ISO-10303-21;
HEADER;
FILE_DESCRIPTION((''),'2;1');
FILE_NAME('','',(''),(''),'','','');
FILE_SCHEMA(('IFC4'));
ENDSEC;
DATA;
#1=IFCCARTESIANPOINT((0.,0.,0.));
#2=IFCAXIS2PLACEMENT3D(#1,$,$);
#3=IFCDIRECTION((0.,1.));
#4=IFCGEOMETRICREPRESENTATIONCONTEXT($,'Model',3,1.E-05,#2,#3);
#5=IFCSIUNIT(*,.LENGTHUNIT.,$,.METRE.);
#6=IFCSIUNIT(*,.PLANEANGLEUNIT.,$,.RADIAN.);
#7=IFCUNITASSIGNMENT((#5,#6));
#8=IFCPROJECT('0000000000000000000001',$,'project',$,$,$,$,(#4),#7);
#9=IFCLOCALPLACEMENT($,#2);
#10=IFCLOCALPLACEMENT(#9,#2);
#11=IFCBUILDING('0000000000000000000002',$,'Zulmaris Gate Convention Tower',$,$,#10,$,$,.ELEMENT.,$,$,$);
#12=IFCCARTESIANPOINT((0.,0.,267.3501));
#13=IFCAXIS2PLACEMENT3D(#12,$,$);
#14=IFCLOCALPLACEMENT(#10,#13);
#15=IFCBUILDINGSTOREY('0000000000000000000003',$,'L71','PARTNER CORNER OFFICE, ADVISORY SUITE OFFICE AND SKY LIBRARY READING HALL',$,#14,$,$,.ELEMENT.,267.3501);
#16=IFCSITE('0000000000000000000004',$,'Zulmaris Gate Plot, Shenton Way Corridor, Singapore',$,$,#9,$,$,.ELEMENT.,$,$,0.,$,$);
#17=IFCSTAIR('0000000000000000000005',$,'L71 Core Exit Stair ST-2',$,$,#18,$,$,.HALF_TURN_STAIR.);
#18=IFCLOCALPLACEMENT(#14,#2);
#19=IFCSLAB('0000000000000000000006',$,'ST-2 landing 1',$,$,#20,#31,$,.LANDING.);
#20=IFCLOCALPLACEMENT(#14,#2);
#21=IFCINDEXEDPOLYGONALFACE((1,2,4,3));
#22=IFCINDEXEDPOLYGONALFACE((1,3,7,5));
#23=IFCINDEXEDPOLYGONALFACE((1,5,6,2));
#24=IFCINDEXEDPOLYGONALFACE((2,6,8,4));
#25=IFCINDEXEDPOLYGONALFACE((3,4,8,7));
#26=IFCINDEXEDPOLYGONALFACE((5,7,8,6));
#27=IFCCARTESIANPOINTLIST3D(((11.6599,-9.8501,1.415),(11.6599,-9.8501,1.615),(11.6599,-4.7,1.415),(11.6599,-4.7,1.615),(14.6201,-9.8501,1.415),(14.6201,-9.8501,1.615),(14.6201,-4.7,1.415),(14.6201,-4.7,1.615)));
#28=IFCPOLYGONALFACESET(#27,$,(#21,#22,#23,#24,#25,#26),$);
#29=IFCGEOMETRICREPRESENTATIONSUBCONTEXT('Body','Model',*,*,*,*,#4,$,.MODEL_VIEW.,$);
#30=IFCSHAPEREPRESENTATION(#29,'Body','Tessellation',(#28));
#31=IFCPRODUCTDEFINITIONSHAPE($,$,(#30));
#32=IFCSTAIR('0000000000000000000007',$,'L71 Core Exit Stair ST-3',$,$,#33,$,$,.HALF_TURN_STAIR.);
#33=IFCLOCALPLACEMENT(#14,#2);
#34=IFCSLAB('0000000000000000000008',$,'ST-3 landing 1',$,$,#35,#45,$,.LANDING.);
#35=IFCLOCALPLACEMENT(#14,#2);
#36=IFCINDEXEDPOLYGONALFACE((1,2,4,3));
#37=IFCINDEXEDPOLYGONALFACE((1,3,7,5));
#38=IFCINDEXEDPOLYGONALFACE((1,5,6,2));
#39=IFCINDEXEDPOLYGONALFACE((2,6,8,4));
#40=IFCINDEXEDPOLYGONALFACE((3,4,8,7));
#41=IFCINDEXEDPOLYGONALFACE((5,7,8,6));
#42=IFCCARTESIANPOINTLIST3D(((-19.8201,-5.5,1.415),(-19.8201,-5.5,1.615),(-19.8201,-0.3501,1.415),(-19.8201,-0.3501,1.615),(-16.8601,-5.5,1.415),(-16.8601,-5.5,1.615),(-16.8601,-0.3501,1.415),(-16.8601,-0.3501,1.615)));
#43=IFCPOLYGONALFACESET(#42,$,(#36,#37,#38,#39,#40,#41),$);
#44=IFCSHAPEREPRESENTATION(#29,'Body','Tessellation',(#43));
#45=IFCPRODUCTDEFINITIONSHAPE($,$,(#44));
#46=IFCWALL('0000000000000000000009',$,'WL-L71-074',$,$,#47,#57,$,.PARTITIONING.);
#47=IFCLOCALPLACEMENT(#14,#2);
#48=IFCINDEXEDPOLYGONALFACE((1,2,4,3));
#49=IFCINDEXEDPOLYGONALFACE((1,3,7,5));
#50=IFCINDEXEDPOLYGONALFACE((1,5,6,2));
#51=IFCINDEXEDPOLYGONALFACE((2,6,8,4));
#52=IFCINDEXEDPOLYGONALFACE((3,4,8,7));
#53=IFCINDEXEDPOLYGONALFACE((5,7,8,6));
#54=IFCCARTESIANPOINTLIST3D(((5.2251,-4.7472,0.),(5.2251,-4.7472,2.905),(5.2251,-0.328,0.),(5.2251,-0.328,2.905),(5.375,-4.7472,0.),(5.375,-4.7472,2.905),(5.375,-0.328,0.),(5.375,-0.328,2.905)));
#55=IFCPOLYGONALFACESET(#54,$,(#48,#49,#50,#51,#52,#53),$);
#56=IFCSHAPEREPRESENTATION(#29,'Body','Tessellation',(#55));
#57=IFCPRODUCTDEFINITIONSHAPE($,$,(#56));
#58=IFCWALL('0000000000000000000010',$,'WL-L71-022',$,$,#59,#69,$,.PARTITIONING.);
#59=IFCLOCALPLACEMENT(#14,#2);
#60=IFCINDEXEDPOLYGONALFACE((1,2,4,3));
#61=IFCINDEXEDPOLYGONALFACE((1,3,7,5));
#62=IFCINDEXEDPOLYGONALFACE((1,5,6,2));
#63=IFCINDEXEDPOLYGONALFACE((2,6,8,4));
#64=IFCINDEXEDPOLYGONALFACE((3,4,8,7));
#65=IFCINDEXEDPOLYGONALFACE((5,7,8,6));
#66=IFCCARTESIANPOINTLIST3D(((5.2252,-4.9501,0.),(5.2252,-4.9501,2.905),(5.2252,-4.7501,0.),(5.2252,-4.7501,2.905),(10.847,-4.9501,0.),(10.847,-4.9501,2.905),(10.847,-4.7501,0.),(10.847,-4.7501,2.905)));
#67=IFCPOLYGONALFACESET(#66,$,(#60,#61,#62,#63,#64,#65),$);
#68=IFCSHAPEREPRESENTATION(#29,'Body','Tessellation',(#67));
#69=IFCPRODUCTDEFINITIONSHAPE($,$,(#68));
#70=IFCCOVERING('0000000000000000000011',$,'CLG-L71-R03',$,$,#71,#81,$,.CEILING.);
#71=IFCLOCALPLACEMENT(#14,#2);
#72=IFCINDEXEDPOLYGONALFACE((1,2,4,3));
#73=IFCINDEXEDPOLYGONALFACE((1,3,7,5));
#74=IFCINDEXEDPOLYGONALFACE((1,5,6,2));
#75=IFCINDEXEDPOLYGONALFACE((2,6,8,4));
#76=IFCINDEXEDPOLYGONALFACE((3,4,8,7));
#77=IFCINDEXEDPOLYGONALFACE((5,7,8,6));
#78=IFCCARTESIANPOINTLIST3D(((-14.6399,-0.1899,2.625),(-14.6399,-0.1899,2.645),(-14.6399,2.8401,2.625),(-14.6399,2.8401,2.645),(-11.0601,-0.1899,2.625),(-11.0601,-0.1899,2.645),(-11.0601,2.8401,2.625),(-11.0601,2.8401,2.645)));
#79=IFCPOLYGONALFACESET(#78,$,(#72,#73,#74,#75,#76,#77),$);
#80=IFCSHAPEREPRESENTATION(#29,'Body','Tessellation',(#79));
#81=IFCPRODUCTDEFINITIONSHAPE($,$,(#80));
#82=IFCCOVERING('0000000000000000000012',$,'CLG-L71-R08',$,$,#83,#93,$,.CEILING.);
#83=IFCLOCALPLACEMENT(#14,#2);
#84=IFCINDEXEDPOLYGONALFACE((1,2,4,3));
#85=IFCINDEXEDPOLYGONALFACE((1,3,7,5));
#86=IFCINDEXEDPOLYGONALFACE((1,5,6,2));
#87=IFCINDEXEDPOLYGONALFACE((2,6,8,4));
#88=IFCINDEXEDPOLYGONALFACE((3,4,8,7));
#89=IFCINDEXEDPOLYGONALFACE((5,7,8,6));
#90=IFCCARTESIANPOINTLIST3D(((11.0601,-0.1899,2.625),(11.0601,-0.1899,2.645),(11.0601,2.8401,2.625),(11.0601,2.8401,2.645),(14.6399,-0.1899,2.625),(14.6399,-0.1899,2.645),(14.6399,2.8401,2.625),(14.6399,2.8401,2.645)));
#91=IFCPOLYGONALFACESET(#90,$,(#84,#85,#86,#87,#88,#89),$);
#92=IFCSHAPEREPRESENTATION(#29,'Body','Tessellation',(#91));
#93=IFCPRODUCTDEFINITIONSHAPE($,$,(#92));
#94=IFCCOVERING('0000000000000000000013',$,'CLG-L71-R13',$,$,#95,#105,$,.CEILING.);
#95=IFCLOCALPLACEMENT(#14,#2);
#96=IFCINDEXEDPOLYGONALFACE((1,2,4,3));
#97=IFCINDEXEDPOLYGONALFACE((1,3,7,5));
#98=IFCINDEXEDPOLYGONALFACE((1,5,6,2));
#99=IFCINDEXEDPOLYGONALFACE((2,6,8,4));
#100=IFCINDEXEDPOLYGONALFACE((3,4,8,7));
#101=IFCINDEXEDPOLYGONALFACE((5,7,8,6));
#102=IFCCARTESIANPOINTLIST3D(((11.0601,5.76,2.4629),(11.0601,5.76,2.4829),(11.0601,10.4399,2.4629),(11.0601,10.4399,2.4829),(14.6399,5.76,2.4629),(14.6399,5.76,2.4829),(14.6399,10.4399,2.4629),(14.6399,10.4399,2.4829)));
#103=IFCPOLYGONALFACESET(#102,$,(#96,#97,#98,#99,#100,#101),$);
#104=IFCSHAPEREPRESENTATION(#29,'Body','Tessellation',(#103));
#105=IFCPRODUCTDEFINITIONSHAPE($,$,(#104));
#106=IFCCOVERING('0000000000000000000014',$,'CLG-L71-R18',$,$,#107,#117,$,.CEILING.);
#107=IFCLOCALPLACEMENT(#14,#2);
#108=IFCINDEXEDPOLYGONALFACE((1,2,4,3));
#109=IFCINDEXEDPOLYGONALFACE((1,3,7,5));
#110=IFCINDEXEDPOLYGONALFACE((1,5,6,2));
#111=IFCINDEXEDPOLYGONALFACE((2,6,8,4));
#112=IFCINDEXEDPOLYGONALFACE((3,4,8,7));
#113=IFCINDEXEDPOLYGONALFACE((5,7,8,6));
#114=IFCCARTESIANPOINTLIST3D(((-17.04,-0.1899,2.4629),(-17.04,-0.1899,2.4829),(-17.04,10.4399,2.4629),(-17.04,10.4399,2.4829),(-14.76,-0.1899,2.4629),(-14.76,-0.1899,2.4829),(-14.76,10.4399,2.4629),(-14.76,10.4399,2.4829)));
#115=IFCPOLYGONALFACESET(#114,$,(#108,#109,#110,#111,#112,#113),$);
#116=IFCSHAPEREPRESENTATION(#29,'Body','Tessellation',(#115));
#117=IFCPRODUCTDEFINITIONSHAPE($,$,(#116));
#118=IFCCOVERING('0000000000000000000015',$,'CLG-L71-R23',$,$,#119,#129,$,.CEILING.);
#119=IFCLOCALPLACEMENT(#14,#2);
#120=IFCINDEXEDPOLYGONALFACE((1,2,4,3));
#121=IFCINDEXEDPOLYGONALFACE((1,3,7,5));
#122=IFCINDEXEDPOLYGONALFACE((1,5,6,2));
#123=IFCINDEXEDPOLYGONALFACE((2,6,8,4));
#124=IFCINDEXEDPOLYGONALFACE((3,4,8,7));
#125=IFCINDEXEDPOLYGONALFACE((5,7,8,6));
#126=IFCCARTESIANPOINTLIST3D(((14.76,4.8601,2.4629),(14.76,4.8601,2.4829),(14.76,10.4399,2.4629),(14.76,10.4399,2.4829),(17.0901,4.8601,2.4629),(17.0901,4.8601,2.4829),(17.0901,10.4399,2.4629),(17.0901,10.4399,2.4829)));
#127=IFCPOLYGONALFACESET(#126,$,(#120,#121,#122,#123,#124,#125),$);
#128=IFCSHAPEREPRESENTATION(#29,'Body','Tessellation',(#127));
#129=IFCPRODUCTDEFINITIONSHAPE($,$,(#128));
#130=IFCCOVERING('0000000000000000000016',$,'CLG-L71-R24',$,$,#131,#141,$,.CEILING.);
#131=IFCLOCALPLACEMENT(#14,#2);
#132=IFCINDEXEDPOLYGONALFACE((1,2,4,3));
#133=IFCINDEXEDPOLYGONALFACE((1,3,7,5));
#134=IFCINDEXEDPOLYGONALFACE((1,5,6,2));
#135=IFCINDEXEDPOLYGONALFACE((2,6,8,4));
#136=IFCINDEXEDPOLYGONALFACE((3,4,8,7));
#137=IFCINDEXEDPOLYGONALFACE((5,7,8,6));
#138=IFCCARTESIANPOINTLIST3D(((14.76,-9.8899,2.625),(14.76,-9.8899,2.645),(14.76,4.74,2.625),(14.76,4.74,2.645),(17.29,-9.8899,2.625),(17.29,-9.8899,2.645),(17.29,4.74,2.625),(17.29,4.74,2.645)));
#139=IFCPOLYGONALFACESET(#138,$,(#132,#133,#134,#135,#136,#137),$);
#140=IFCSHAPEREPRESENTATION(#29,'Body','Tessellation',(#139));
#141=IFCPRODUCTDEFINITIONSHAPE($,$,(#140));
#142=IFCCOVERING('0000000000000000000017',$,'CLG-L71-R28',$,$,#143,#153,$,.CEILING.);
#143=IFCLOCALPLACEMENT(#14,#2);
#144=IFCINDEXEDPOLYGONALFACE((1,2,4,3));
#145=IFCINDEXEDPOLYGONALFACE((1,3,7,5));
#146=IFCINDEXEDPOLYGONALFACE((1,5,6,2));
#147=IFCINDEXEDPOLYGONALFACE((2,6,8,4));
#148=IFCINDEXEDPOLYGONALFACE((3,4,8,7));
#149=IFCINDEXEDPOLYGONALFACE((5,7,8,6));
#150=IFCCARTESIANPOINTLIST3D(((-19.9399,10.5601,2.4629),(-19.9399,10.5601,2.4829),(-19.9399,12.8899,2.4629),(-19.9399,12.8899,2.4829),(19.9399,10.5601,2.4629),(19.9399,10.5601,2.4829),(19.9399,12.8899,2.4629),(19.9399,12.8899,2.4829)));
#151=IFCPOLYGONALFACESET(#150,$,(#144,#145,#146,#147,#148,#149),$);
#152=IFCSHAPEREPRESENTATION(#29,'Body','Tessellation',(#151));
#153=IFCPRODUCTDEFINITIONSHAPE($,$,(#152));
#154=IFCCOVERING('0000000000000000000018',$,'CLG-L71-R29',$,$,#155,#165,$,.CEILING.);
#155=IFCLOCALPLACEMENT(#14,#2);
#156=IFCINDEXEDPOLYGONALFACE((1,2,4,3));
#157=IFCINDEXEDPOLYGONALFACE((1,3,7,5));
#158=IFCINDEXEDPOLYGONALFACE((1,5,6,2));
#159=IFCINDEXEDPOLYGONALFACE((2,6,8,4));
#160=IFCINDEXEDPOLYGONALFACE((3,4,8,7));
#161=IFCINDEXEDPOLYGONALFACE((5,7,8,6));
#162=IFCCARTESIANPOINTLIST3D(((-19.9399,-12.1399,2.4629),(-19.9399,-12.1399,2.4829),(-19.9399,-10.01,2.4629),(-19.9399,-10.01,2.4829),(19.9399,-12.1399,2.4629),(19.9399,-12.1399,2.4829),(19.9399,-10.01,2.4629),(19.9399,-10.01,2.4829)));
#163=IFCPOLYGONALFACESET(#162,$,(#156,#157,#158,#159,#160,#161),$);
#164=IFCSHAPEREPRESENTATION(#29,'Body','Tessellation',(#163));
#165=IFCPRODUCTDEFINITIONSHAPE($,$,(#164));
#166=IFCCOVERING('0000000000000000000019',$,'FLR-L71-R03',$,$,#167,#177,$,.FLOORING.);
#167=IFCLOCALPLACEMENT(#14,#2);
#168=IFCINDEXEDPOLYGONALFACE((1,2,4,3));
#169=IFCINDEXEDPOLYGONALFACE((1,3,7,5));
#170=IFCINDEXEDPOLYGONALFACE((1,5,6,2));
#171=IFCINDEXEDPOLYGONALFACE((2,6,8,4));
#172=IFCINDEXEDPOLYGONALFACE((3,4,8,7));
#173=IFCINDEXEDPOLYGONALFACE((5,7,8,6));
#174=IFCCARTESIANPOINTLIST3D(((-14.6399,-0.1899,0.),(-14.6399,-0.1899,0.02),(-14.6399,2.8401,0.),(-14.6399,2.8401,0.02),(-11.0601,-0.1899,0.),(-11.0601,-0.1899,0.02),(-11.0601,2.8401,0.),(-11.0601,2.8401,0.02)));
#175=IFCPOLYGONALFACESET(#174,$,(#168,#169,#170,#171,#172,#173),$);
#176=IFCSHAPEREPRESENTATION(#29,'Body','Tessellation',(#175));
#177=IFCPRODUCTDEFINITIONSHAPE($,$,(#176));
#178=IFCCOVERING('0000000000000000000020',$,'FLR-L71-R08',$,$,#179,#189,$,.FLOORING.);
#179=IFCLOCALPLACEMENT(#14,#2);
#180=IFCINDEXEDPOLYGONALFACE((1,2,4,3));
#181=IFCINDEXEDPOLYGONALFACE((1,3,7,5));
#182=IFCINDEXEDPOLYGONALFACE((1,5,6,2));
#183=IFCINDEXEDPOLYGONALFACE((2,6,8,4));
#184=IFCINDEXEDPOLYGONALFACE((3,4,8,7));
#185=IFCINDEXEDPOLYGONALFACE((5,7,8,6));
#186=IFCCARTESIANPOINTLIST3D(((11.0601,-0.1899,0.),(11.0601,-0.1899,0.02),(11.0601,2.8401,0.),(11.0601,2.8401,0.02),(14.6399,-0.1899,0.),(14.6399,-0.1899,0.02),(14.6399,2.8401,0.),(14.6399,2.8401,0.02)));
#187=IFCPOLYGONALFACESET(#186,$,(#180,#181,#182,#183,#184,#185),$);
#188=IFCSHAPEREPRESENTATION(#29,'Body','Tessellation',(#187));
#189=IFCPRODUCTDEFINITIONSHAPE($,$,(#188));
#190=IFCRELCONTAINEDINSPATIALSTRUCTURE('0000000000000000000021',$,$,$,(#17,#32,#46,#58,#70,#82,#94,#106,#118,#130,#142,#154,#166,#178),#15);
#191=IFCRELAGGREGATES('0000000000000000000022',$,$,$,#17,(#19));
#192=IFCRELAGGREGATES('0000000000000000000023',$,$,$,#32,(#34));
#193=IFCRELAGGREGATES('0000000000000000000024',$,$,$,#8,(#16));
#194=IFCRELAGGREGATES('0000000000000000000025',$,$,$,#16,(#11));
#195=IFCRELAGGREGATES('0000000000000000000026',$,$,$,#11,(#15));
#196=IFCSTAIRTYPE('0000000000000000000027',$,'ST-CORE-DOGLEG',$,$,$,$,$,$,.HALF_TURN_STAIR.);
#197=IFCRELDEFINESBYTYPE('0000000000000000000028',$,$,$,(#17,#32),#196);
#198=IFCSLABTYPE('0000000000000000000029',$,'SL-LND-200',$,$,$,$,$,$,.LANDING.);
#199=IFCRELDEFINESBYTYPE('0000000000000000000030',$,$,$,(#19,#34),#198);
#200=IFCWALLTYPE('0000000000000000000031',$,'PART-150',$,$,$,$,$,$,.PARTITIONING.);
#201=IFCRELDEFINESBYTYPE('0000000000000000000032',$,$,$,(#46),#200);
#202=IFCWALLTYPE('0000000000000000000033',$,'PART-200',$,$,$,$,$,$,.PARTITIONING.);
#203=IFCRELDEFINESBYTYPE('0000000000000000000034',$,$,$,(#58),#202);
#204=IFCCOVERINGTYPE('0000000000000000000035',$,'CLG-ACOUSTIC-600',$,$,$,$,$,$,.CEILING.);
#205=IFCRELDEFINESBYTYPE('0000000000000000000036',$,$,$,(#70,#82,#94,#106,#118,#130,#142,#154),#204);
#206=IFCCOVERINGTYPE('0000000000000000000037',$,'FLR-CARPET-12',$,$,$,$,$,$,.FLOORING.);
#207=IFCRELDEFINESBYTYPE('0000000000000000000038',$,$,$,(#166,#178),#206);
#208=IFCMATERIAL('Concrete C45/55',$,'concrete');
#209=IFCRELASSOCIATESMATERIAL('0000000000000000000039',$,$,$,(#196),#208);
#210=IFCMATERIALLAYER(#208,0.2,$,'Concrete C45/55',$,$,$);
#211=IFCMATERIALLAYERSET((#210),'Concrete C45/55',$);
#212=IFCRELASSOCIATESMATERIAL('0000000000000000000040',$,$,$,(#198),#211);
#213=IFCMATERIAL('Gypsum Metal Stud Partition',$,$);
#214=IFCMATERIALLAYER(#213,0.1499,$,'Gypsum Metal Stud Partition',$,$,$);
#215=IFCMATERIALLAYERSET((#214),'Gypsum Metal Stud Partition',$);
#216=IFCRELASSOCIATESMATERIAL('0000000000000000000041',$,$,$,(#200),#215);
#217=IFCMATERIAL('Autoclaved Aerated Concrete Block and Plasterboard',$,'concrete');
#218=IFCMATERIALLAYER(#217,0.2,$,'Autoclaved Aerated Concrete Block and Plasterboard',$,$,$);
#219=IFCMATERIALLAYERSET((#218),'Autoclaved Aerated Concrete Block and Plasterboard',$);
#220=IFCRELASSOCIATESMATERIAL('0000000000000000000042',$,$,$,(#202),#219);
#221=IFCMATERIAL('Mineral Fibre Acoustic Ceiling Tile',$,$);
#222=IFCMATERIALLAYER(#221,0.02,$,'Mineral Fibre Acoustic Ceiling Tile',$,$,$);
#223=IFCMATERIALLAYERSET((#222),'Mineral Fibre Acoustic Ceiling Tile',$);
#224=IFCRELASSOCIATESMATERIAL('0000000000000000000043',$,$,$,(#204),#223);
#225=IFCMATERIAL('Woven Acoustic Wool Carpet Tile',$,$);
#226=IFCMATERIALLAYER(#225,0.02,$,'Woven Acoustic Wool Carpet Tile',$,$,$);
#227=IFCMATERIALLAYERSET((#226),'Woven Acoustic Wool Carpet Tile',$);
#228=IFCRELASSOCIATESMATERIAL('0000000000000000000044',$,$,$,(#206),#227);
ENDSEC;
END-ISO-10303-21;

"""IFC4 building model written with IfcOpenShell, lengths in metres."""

from ifc_helpers import new_model, si_unit, direction, frame, frame_2d, origin, place, context, subcontext, project, spatial, polyline, rectangle, outline, extrude, material, layer, layer_set, type_object, element, aggregate, save


model = new_model("IFC4")

# Units and contexts
model_context = context("Model", 3, precision=1e-05, world=origin(), true_north=direction((0.0, 1.0)))
body_context = subcontext(model_context, "Body", "Model", "MODEL_VIEW")
ifc_project = project(units=[si_unit("LENGTHUNIT", "METRE"), si_unit("PLANEANGLEUNIT", "RADIAN")], contexts=[model_context])

# Site, building, storey
site_placement = place(None, origin())
site = spatial("IfcSite", under=ifc_project, at=site_placement, Name="Zulmaris Gate Plot, Shenton Way Corridor, Singapore", CompositionType="ELEMENT", RefElevation=0.0)
building_placement = place(site_placement, origin())
building = spatial("IfcBuilding", under=site, at=building_placement, Name="Zulmaris Gate Convention Tower", CompositionType="ELEMENT")
storey_placement = place(building_placement, frame((0.0, 0.0, 267.3501)))
storey = spatial("IfcBuildingStorey", under=building, at=storey_placement, Name="L71", Description="PARTNER CORNER OFFICE, ADVISORY SUITE OFFICE AND SKY LIBRARY READING HALL", CompositionType="ELEMENT", Elevation=267.3501)

# Stairs, slabs
ifc_material_1 = material(Name="Concrete C45/55", Category="concrete")
stair_type = type_object("IfcStairType", Name="ST-CORE-DOGLEG", PredefinedType="HALF_TURN_STAIR", material=ifc_material_1)
stair_1_placement = place(storey_placement, origin())
stair_1 = element("IfcStair", 1, at=stair_1_placement, inside=storey, type_object=stair_type, Name="L71 Core Exit Stair ST-2", PredefinedType="HALF_TURN_STAIR")
ifc_layer_1 = layer(ifc_material_1, 0.2, Name="Concrete C45/55")
ifc_layer_set_1 = layer_set([ifc_layer_1], Name="Concrete C45/55")
slab_type = type_object("IfcSlabType", Name="SL-LND-200", PredefinedType="LANDING", material=ifc_layer_set_1)
slab_1_placement = place(storey_placement, frame((0.0, 0.0, 1.415)))
slab_1 = element("IfcSlab", 2, at=slab_1_placement, type_object=slab_type, Name="ST-2 landing 1", PredefinedType="LANDING", context=body_context, shape_type="SweptSolid", body=[
    extrude(outline(polyline([(11.6599, -4.7), (11.6599, -9.8501), (14.6201, -9.8501), (14.6201, -4.7), (11.6599, -4.7)])), origin(), (0.0, 0.0, 1.0), 0.2),
])
aggregate(stair_1, [slab_1])
stair_2_placement = place(storey_placement, origin())
stair_2 = element("IfcStair", 3, at=stair_2_placement, inside=storey, type_object=stair_type, Name="L71 Core Exit Stair ST-3", PredefinedType="HALF_TURN_STAIR")
slab_2_placement = place(storey_placement, frame((0.0, 0.0, 1.415)))
slab_2 = element("IfcSlab", 4, at=slab_2_placement, type_object=slab_type, Name="ST-3 landing 1", PredefinedType="LANDING", context=body_context, shape_type="SweptSolid", body=[
    extrude(outline(polyline([(-16.8601, -5.5), (-16.8601, -0.3501), (-19.8201, -0.3501), (-19.8201, -5.5), (-16.8601, -5.5)])), origin(), (0.0, 0.0, 1.0), 0.2),
])
aggregate(stair_2, [slab_2])

# Walls
ifc_material_2 = material(Name="Gypsum Metal Stud Partition")
ifc_layer_2 = layer(ifc_material_2, 0.1499, Name="Gypsum Metal Stud Partition")
ifc_layer_set_2 = layer_set([ifc_layer_2], Name="Gypsum Metal Stud Partition")
wall_type_1 = type_object("IfcWallType", Name="PART-150", PredefinedType="PARTITIONING", material=ifc_layer_set_2)
wall_1_placement = place(storey_placement, frame((5.3, -4.7471, 0.0), z_axis=(0.0, 0.0, 1.0), x_axis=(0.0, 1.0, 0.0)))
element("IfcWall", 5, at=wall_1_placement, inside=storey, type_object=wall_type_1, Name="WL-L71-074", PredefinedType="PARTITIONING", context=body_context, shape_type="SweptSolid", body=[
    extrude(rectangle(XDim=4.4192, YDim=0.1499, at=frame_2d((2.2095, 0.0))), origin(), (0.0, 0.0, 1.0), 2.905),
])
ifc_material_3 = material(Name="Autoclaved Aerated Concrete Block and Plasterboard", Category="concrete")
ifc_layer_3 = layer(ifc_material_3, 0.2, Name="Autoclaved Aerated Concrete Block and Plasterboard")
ifc_layer_set_3 = layer_set([ifc_layer_3], Name="Autoclaved Aerated Concrete Block and Plasterboard")
wall_type_2 = type_object("IfcWallType", Name="PART-200", PredefinedType="PARTITIONING", material=ifc_layer_set_3)
wall_2_placement = place(storey_placement, frame((5.2251, -4.8501, 0.0), z_axis=(0.0, 0.0, 1.0), x_axis=(1.0, 0.0, 0.0)))
element("IfcWall", 6, at=wall_2_placement, inside=storey, type_object=wall_type_2, Name="WL-L71-022", PredefinedType="PARTITIONING", context=body_context, shape_type="SweptSolid", body=[
    extrude(rectangle(XDim=5.6218, YDim=0.2, at=frame_2d((2.811, 0.0))), origin(), (0.0, 0.0, 1.0), 2.905),
])

# Coverings
ifc_material_4 = material(Name="Mineral Fibre Acoustic Ceiling Tile")
ifc_layer_4 = layer(ifc_material_4, 0.02, Name="Mineral Fibre Acoustic Ceiling Tile")
ifc_layer_set_4 = layer_set([ifc_layer_4], Name="Mineral Fibre Acoustic Ceiling Tile")
covering_type_1 = type_object("IfcCoveringType", Name="CLG-ACOUSTIC-600", PredefinedType="CEILING", material=ifc_layer_set_4)
covering_1_placement = place(storey_placement, frame((0.0, 0.0, 2.625)))
element("IfcCovering", 7, at=covering_1_placement, inside=storey, type_object=covering_type_1, Name="CLG-L71-R03", PredefinedType="CEILING", context=body_context, shape_type="SweptSolid", body=[
    extrude(outline(polyline([(-14.6399, -0.1899), (-11.0601, -0.1899), (-11.0601, 2.8401), (-14.6399, 2.8401), (-14.6399, -0.1899)])), origin(), (0.0, 0.0, 1.0), 0.02),
])
covering_2_placement = place(storey_placement, frame((0.0, 0.0, 2.625)))
element("IfcCovering", 8, at=covering_2_placement, inside=storey, type_object=covering_type_1, Name="CLG-L71-R08", PredefinedType="CEILING", context=body_context, shape_type="SweptSolid", body=[
    extrude(outline(polyline([(11.0601, -0.1899), (14.6399, -0.1899), (14.6399, 2.8401), (11.0601, 2.8401), (11.0601, -0.1899)])), origin(), (0.0, 0.0, 1.0), 0.02),
])
covering_3_placement = place(storey_placement, frame((0.0, 0.0, 2.4629)))
element("IfcCovering", 9, at=covering_3_placement, inside=storey, type_object=covering_type_1, Name="CLG-L71-R13", PredefinedType="CEILING", context=body_context, shape_type="SweptSolid", body=[
    extrude(outline(polyline([(11.0601, 5.76), (14.6399, 5.76), (14.6399, 10.4399), (11.0601, 10.4399), (11.0601, 5.76)])), origin(), (0.0, 0.0, 1.0), 0.02),
])
covering_4_placement = place(storey_placement, frame((0.0, 0.0, 2.4629)))
element("IfcCovering", 10, at=covering_4_placement, inside=storey, type_object=covering_type_1, Name="CLG-L71-R18", PredefinedType="CEILING", context=body_context, shape_type="SweptSolid", body=[
    extrude(outline(polyline([(-17.04, -0.1899), (-14.76, -0.1899), (-14.76, 10.4399), (-17.04, 10.4399), (-17.04, -0.1899)])), origin(), (0.0, 0.0, 1.0), 0.02),
])
covering_5_placement = place(storey_placement, frame((0.0, 0.0, 2.4629)))
element("IfcCovering", 11, at=covering_5_placement, inside=storey, type_object=covering_type_1, Name="CLG-L71-R23", PredefinedType="CEILING", context=body_context, shape_type="SweptSolid", body=[
    extrude(outline(polyline([(14.76, 4.8601), (17.0901, 4.8601), (17.0901, 10.4399), (14.76, 10.4399), (14.76, 4.8601)])), origin(), (0.0, 0.0, 1.0), 0.02),
])
covering_6_placement = place(storey_placement, frame((0.0, 0.0, 2.625)))
element("IfcCovering", 12, at=covering_6_placement, inside=storey, type_object=covering_type_1, Name="CLG-L71-R24", PredefinedType="CEILING", context=body_context, shape_type="SweptSolid", body=[
    extrude(outline(polyline([(14.76, -9.8899), (17.29, -9.8899), (17.29, 4.74), (14.76, 4.74), (14.76, -9.8899)])), origin(), (0.0, 0.0, 1.0), 0.02),
])
covering_7_placement = place(storey_placement, frame((0.0, 0.0, 2.4629)))
element("IfcCovering", 13, at=covering_7_placement, inside=storey, type_object=covering_type_1, Name="CLG-L71-R28", PredefinedType="CEILING", context=body_context, shape_type="SweptSolid", body=[
    extrude(outline(polyline([(-19.9399, 10.5601), (19.9399, 10.5601), (19.9399, 12.8899), (-19.9399, 12.8899), (-19.9399, 10.5601)])), origin(), (0.0, 0.0, 1.0), 0.02),
])
covering_8_placement = place(storey_placement, frame((0.0, 0.0, 2.4629)))
element("IfcCovering", 14, at=covering_8_placement, inside=storey, type_object=covering_type_1, Name="CLG-L71-R29", PredefinedType="CEILING", context=body_context, shape_type="SweptSolid", body=[
    extrude(outline(polyline([(-19.9399, -12.1399), (19.9399, -12.1399), (19.9399, -10.01), (-19.9399, -10.01), (-19.9399, -12.1399)])), origin(), (0.0, 0.0, 1.0), 0.02),
])
ifc_material_5 = material(Name="Woven Acoustic Wool Carpet Tile")
ifc_layer_5 = layer(ifc_material_5, 0.02, Name="Woven Acoustic Wool Carpet Tile")
ifc_layer_set_5 = layer_set([ifc_layer_5], Name="Woven Acoustic Wool Carpet Tile")
covering_type_2 = type_object("IfcCoveringType", Name="FLR-CARPET-12", PredefinedType="FLOORING", material=ifc_layer_set_5)
covering_9_placement = place(storey_placement, origin())
element("IfcCovering", 15, at=covering_9_placement, inside=storey, type_object=covering_type_2, Name="FLR-L71-R03", PredefinedType="FLOORING", context=body_context, shape_type="SweptSolid", body=[
    extrude(outline(polyline([(-14.6399, -0.1899), (-11.0601, -0.1899), (-11.0601, 2.8401), (-14.6399, 2.8401), (-14.6399, -0.1899)])), origin(), (0.0, 0.0, 1.0), 0.02),
])
covering_10_placement = place(storey_placement, origin())
element("IfcCovering", 16, at=covering_10_placement, inside=storey, type_object=covering_type_2, Name="FLR-L71-R08", PredefinedType="FLOORING", context=body_context, shape_type="SweptSolid", body=[
    extrude(outline(polyline([(11.0601, -0.1899), (14.6399, -0.1899), (14.6399, 2.8401), (11.0601, 2.8401), (11.0601, -0.1899)])), origin(), (0.0, 0.0, 1.0), 0.02),
])

save(model, "model.ifc")
